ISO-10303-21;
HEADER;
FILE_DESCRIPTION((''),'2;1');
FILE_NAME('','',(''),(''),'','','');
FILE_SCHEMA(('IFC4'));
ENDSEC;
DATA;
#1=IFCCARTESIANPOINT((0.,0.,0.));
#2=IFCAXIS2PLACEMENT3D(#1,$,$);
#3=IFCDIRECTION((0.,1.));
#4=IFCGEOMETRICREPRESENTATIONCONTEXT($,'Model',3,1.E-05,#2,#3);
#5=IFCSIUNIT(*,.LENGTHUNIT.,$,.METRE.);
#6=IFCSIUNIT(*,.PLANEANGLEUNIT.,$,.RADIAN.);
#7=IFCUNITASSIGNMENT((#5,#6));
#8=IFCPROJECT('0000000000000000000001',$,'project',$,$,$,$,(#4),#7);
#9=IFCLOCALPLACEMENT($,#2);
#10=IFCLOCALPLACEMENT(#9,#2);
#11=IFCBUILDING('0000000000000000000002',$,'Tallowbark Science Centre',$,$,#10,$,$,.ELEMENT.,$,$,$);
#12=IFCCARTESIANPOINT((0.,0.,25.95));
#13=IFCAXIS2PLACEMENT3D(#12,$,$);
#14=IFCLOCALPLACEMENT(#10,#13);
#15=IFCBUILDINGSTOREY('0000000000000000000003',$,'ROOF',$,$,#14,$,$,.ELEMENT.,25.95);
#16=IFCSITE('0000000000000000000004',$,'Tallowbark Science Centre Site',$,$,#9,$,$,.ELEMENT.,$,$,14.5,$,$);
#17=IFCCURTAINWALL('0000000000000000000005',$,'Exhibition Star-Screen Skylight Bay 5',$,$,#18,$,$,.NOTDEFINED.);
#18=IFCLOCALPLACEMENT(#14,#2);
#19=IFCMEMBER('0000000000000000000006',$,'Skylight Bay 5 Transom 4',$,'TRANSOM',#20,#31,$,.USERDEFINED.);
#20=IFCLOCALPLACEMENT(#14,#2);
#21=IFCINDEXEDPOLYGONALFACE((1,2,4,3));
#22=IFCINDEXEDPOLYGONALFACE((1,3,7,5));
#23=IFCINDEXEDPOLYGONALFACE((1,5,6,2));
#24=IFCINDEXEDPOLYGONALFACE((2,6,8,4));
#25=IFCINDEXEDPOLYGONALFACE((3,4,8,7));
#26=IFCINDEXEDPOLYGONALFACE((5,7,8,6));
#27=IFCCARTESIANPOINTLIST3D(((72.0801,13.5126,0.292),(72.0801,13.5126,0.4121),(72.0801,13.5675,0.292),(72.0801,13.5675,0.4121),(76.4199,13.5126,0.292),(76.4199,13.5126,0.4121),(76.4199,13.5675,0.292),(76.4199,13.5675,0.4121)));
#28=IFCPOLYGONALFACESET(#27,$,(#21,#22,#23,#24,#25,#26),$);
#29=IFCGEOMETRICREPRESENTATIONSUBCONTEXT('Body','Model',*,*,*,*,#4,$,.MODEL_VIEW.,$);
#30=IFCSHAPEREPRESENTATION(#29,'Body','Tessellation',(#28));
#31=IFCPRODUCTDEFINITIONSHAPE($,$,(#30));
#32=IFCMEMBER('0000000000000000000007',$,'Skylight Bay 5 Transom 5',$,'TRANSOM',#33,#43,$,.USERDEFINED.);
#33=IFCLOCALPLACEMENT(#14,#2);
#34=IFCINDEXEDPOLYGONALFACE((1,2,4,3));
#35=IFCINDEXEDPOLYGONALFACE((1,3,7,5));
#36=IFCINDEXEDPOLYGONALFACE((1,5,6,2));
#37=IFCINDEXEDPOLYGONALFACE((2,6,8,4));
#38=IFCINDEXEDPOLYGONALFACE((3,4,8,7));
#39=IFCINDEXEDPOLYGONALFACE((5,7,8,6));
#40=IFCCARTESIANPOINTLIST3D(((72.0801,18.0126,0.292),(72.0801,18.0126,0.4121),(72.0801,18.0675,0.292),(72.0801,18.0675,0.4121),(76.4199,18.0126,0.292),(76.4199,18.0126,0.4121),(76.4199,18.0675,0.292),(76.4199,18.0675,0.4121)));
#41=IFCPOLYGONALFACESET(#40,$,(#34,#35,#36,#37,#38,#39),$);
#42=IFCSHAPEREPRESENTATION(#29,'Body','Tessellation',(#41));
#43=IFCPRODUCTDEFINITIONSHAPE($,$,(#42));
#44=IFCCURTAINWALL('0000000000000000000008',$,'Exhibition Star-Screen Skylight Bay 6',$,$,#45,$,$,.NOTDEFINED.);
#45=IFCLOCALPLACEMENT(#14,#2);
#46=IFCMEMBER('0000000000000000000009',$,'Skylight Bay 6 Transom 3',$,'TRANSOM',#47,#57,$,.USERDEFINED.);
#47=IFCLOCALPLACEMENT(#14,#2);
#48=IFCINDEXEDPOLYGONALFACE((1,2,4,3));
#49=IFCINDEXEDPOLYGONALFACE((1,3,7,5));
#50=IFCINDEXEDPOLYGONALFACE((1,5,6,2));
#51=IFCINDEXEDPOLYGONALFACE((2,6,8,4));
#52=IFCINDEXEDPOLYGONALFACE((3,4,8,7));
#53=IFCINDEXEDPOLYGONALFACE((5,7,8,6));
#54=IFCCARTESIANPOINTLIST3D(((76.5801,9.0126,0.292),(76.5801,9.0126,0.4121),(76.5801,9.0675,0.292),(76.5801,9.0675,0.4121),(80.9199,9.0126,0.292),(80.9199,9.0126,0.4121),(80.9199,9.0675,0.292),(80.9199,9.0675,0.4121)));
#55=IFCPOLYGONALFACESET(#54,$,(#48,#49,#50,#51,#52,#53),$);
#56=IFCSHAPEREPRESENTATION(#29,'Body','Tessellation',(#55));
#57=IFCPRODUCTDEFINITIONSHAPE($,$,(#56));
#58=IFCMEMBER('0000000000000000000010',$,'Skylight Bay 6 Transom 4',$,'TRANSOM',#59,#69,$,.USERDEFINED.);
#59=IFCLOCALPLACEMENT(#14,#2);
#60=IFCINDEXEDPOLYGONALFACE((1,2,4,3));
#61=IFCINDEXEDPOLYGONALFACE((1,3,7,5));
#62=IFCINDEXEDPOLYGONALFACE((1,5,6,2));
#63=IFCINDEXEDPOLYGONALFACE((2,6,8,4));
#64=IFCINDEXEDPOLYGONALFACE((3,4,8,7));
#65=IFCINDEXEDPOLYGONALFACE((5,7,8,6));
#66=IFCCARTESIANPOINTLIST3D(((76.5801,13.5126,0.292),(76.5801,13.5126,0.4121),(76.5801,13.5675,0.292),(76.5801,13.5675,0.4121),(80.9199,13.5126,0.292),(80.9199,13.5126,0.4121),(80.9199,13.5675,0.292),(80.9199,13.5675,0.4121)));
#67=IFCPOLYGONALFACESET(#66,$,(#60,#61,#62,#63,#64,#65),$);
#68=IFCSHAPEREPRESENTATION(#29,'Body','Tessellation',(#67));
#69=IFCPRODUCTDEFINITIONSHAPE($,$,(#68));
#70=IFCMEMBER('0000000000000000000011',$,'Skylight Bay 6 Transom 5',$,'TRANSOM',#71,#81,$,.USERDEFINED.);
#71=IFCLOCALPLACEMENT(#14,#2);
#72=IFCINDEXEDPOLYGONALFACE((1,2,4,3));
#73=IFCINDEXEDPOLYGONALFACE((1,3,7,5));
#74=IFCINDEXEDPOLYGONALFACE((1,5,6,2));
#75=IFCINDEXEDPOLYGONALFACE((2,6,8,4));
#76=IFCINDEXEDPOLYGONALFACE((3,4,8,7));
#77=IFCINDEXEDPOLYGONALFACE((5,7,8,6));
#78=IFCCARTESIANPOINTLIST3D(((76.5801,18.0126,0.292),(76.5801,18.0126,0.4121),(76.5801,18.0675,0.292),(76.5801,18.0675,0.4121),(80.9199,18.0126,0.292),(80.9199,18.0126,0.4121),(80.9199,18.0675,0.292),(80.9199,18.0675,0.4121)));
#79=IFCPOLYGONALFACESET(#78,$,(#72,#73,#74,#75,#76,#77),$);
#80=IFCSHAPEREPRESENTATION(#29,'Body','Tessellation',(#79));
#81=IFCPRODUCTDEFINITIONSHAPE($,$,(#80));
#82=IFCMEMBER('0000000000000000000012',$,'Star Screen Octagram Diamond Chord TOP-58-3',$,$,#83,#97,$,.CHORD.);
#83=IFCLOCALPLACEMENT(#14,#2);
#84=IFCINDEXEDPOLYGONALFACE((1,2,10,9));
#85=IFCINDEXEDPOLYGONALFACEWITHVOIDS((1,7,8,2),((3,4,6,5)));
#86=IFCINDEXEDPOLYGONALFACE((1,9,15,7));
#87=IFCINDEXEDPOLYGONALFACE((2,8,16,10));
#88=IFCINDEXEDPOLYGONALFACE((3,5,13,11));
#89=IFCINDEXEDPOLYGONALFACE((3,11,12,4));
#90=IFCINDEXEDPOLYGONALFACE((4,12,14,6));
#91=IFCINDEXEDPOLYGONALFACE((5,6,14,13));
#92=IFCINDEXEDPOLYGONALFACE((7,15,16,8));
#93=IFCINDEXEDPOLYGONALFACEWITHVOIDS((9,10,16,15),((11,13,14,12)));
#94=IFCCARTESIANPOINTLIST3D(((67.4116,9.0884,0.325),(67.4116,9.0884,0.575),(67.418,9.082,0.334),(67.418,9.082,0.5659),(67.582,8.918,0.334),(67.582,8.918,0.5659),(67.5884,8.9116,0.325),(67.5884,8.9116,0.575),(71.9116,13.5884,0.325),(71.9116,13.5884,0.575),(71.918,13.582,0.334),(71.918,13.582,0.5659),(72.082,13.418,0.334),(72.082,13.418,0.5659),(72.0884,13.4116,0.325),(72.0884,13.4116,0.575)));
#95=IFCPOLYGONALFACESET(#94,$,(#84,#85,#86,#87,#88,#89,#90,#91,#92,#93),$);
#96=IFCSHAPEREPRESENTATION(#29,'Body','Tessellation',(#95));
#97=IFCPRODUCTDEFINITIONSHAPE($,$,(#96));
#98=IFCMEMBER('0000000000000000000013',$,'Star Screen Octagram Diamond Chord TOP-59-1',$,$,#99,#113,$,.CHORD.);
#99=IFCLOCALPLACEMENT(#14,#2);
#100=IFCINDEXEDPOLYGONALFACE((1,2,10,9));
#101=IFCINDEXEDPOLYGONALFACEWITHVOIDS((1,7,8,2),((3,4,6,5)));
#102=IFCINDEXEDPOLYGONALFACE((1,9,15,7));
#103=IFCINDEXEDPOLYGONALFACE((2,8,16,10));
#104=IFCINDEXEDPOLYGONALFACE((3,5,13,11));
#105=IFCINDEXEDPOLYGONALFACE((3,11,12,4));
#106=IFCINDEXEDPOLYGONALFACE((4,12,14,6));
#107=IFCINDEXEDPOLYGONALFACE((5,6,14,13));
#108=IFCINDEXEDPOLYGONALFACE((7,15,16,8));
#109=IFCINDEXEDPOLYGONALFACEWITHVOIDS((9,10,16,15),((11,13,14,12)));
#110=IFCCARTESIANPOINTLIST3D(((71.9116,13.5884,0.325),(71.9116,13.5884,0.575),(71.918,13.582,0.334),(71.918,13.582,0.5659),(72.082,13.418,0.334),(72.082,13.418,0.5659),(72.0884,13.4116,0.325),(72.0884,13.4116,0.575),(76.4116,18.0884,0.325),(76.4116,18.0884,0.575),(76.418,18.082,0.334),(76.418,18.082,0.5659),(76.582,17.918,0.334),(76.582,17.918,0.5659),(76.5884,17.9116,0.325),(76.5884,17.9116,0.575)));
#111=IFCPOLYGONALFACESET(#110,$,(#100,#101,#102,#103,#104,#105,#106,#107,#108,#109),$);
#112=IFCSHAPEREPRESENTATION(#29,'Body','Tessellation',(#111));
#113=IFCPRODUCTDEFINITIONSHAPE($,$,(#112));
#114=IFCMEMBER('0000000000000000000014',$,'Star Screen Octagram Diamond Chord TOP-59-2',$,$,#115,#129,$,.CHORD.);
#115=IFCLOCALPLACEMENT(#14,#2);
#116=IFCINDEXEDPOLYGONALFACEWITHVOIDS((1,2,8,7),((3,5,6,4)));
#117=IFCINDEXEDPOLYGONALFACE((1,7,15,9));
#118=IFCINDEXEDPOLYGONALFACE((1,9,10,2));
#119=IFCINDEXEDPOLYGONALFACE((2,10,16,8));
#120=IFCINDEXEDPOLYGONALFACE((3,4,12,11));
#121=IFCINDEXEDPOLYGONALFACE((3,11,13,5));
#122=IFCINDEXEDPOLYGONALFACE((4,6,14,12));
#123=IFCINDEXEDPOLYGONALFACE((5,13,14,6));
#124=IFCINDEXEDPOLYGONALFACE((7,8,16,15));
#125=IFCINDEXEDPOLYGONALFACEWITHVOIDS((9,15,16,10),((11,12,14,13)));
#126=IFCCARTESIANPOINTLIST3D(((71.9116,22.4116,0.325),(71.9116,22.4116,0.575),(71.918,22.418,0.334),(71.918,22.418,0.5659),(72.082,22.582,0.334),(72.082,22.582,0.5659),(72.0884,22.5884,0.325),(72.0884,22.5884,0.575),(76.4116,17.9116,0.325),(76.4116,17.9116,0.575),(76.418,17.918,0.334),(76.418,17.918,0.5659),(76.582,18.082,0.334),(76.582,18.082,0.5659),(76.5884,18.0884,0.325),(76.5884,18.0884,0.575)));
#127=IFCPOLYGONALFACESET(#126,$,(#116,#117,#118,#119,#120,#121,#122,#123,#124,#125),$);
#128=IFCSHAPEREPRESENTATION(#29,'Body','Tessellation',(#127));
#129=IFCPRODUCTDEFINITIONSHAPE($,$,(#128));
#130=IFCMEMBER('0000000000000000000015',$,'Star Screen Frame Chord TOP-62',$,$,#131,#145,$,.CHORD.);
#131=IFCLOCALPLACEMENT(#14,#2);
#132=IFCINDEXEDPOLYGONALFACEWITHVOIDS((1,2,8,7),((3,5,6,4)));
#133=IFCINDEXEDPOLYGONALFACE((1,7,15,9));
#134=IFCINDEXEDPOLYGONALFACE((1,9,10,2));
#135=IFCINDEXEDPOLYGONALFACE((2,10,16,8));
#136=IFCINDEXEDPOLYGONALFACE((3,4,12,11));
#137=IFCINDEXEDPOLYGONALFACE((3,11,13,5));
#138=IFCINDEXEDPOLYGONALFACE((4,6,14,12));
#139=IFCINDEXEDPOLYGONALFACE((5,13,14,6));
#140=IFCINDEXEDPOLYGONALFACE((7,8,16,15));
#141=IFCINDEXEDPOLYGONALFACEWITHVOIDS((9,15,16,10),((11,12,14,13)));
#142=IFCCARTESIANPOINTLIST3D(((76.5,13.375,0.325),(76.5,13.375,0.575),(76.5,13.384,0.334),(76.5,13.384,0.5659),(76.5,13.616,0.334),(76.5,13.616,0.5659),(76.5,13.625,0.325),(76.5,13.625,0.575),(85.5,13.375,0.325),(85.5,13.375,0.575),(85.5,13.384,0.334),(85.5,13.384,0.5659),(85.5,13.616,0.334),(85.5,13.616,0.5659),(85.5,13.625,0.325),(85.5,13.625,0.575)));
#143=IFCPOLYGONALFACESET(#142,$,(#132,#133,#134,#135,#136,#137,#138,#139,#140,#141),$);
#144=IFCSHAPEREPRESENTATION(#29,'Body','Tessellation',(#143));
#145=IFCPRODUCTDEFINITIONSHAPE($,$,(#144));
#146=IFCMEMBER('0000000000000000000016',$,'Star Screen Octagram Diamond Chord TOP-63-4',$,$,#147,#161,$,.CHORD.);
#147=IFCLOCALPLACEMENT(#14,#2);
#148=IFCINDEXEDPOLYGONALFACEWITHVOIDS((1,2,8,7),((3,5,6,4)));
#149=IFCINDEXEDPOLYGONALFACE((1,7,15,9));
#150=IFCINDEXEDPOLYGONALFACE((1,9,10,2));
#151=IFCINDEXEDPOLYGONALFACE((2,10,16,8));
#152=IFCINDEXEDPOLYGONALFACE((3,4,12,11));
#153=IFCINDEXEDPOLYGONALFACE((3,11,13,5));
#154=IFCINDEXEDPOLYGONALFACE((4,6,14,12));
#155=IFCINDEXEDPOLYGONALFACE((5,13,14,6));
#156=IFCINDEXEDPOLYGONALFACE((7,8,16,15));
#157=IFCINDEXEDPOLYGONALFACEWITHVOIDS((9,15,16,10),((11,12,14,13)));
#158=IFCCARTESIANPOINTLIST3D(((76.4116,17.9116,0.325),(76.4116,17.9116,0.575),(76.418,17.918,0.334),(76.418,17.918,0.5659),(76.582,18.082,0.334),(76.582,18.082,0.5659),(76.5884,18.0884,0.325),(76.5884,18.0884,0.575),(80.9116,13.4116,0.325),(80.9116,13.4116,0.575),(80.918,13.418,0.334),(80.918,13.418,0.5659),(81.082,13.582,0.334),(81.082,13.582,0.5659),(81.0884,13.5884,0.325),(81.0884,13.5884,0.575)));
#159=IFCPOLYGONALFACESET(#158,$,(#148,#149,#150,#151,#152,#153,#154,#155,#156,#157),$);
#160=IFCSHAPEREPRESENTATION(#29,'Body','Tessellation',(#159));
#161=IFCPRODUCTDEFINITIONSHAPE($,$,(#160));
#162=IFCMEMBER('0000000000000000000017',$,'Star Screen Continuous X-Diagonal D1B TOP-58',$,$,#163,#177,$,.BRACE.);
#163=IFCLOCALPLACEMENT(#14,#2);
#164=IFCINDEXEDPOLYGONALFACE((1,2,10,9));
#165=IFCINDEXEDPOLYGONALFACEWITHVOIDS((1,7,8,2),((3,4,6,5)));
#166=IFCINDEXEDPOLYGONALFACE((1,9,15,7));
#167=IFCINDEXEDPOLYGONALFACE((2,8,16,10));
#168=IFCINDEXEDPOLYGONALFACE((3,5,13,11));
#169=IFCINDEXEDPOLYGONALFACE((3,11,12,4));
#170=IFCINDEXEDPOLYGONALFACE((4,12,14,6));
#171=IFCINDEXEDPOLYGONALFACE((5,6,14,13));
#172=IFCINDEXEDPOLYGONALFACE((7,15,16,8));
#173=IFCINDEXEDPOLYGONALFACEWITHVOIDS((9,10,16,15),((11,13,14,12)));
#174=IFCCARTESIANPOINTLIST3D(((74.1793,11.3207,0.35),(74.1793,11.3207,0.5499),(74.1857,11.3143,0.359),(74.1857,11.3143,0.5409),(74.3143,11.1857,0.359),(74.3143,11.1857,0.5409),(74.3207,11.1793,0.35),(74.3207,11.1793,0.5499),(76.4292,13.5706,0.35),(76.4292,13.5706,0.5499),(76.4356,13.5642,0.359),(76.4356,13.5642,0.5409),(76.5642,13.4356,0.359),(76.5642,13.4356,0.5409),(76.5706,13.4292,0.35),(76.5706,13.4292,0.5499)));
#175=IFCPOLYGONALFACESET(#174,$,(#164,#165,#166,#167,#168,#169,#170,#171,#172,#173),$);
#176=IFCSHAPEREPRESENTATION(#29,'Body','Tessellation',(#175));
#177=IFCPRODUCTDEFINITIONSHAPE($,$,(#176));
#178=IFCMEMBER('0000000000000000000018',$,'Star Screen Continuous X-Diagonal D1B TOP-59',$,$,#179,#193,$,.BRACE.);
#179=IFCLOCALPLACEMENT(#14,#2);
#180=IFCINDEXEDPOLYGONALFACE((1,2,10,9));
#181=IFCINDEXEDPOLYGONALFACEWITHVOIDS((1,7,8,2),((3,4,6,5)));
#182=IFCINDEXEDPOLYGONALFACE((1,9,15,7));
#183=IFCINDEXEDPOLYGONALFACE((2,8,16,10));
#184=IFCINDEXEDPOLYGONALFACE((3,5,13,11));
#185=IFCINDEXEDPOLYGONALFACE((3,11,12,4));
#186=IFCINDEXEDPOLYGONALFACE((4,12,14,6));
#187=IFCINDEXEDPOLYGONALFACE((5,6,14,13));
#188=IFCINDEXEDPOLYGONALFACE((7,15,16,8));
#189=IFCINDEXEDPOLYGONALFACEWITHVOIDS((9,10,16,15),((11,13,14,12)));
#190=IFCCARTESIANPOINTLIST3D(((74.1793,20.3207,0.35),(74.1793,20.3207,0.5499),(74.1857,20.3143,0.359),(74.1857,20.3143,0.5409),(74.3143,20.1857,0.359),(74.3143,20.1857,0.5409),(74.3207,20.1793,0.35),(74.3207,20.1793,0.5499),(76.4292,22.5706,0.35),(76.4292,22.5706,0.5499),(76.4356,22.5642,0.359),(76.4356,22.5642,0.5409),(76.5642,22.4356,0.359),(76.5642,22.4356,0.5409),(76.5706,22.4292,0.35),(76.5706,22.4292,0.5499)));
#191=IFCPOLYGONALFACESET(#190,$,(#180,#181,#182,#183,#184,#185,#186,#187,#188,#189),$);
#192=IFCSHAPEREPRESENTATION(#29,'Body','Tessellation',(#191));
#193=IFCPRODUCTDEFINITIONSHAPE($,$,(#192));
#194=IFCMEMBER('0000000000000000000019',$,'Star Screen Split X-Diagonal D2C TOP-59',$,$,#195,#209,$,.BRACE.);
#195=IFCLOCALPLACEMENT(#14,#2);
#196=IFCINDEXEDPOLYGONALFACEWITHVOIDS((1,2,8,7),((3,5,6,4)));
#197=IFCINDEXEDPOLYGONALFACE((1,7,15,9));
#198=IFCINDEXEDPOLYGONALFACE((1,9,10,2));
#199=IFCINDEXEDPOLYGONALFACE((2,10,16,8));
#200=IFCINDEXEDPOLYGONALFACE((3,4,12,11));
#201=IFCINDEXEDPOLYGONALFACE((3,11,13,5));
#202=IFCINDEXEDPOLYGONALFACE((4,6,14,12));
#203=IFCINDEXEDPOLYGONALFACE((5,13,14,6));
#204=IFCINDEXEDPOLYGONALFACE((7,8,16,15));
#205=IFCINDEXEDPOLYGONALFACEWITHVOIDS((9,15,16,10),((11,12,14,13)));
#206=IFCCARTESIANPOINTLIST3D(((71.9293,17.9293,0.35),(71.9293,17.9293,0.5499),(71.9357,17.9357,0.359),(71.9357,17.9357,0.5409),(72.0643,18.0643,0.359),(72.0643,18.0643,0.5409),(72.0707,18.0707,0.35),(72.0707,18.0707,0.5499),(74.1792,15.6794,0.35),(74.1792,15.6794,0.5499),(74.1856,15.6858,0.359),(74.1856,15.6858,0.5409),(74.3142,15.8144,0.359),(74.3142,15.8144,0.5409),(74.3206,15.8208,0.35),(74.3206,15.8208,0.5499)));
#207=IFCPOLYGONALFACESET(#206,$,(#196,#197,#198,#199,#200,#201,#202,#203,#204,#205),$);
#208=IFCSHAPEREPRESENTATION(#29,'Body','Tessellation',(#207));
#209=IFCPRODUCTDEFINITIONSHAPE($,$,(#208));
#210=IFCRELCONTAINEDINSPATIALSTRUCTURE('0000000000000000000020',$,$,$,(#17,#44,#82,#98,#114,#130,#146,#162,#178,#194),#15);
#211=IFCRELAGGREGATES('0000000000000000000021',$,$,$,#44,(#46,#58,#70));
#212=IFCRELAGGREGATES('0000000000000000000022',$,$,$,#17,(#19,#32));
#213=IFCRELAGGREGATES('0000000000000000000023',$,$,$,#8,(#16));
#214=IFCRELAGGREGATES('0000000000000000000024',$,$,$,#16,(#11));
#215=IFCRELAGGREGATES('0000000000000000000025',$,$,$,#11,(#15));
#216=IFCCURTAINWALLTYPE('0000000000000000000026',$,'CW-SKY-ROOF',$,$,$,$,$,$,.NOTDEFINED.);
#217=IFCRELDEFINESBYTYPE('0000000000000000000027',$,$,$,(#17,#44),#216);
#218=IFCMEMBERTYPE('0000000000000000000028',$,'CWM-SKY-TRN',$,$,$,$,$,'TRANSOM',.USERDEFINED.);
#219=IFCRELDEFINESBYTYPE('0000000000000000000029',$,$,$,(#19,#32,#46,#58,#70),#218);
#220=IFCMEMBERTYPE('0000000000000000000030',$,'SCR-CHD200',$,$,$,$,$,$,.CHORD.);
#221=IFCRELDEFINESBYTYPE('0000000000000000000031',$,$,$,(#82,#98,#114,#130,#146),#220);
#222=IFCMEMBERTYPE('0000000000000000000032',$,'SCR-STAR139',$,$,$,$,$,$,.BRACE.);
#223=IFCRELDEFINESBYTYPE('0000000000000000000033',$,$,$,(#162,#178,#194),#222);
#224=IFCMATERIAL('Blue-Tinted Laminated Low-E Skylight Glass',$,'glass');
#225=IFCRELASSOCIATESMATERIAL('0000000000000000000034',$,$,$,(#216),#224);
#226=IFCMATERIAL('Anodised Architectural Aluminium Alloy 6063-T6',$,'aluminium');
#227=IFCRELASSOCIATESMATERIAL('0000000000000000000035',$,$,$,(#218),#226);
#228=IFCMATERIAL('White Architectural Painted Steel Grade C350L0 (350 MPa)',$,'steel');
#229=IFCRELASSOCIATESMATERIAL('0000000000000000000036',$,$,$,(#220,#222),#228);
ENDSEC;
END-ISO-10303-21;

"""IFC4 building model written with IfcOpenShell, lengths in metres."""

from ifc_helpers import new_model, si_unit, direction, frame, origin, origin_2d, place, context, subcontext, project, spatial, rectangle, hollow_rectangle, extrude, material, material_profile, profile_set, type_object, element, aggregate, save


model = new_model("IFC4")

# Units and contexts
model_context = context("Model", 3, precision=1e-05, world=origin(), true_north=direction((0.0, 1.0)))
body_context = subcontext(model_context, "Body", "Model", "MODEL_VIEW")
ifc_project = project(units=[si_unit("LENGTHUNIT", "METRE"), si_unit("PLANEANGLEUNIT", "RADIAN")], contexts=[model_context])

# Site, building, storey
site_placement = place(None, origin())
site = spatial("IfcSite", under=ifc_project, at=site_placement, Name="Tallowbark Science Centre Site", CompositionType="ELEMENT", RefElevation=14.5)
building_placement = place(site_placement, origin())
building = spatial("IfcBuilding", under=site, at=building_placement, Name="Tallowbark Science Centre", CompositionType="ELEMENT")
storey_placement = place(building_placement, frame((0.0, 0.0, 25.95)))
storey = spatial("IfcBuildingStorey", under=building, at=storey_placement, Name="ROOF", CompositionType="ELEMENT", Elevation=25.95)

# Curtain walls, members
ifc_material_1 = material(Name="Blue-Tinted Laminated Low-E Skylight Glass", Category="glass")
curtain_wall_type = type_object("IfcCurtainWallType", Name="CW-SKY-ROOF", PredefinedType="NOTDEFINED", material=ifc_material_1)
curtain_wall_1_placement = place(storey_placement, origin())
curtain_wall_1 = element("IfcCurtainWall", 1, at=curtain_wall_1_placement, inside=storey, type_object=curtain_wall_type, Name="Exhibition Star-Screen Skylight Bay 5", PredefinedType="NOTDEFINED")
ifc_material_2 = material(Name="Anodised Architectural Aluminium Alloy 6063-T6", Category="aluminium")
ifc_material_profile_1 = material_profile(ifc_material_2, rectangle(XDim=0.0549, YDim=0.1201, at=origin_2d()), Name="ALU55x120")
ifc_profile_set_1 = profile_set([ifc_material_profile_1], Name="Anodised Architectural Aluminium Alloy 6063-T6")
member_type_1 = type_object("IfcMemberType", Name="CWM-SKY-TRN", ElementType="TRANSOM", PredefinedType="USERDEFINED", material=ifc_profile_set_1)
member_1_placement = place(storey_placement, frame((72.0801, 13.54, 0.3521), z_axis=(1.0, 0.0, 0.0), x_axis=(0.0, 1.0, 0.0)))
member_1 = element("IfcMember", 2, at=member_1_placement, type_object=member_type_1, Name="Skylight Bay 5 Transom 4", ObjectType="TRANSOM", PredefinedType="USERDEFINED", context=body_context, shape_type="SweptSolid", body=[
    extrude(rectangle(XDim=0.0549, YDim=0.1201, at=origin_2d()), origin(), (0.0, 0.0, 1.0), 4.3398),
])
member_2_placement = place(storey_placement, frame((72.0801, 18.04, 0.3521), z_axis=(1.0, 0.0, 0.0), x_axis=(0.0, 1.0, 0.0)))
member_2 = element("IfcMember", 3, at=member_2_placement, type_object=member_type_1, Name="Skylight Bay 5 Transom 5", ObjectType="TRANSOM", PredefinedType="USERDEFINED", context=body_context, shape_type="SweptSolid", body=[
    extrude(rectangle(XDim=0.0549, YDim=0.1201, at=origin_2d()), origin(), (0.0, 0.0, 1.0), 4.3398),
])
curtain_wall_2_placement = place(storey_placement, origin())
curtain_wall_2 = element("IfcCurtainWall", 4, at=curtain_wall_2_placement, inside=storey, type_object=curtain_wall_type, Name="Exhibition Star-Screen Skylight Bay 6", PredefinedType="NOTDEFINED")
member_3_placement = place(storey_placement, frame((76.5801, 9.04, 0.3521), z_axis=(1.0, 0.0, 0.0), x_axis=(0.0, 1.0, 0.0)))
member_3 = element("IfcMember", 5, at=member_3_placement, type_object=member_type_1, Name="Skylight Bay 6 Transom 3", ObjectType="TRANSOM", PredefinedType="USERDEFINED", context=body_context, shape_type="SweptSolid", body=[
    extrude(rectangle(XDim=0.0549, YDim=0.1201, at=origin_2d()), origin(), (0.0, 0.0, 1.0), 4.3398),
])
member_4_placement = place(storey_placement, frame((76.5801, 13.54, 0.3521), z_axis=(1.0, 0.0, 0.0), x_axis=(0.0, 1.0, 0.0)))
member_4 = element("IfcMember", 6, at=member_4_placement, type_object=member_type_1, Name="Skylight Bay 6 Transom 4", ObjectType="TRANSOM", PredefinedType="USERDEFINED", context=body_context, shape_type="SweptSolid", body=[
    extrude(rectangle(XDim=0.0549, YDim=0.1201, at=origin_2d()), origin(), (0.0, 0.0, 1.0), 4.3398),
])
member_5_placement = place(storey_placement, frame((76.5801, 18.04, 0.3521), z_axis=(1.0, 0.0, 0.0), x_axis=(0.0, 1.0, 0.0)))
member_5 = element("IfcMember", 7, at=member_5_placement, type_object=member_type_1, Name="Skylight Bay 6 Transom 5", ObjectType="TRANSOM", PredefinedType="USERDEFINED", context=body_context, shape_type="SweptSolid", body=[
    extrude(rectangle(XDim=0.0549, YDim=0.1201, at=origin_2d()), origin(), (0.0, 0.0, 1.0), 4.3398),
])
aggregate(curtain_wall_2, [member_3, member_4, member_5])

# Members
ifc_material_3 = material(Name="White Architectural Painted Steel Grade C350L0 (350 MPa)", Category="steel")
ifc_material_profile_2 = material_profile(ifc_material_3, hollow_rectangle(XDim=0.25, YDim=0.25, WallThickness=0.009, at=origin_2d()), Name="250x250x9.0SHS")
ifc_profile_set_2 = profile_set([ifc_material_profile_2], Name="White Architectural Painted Steel Grade C350L0 (350 MPa)")
member_type_2 = type_object("IfcMemberType", Name="SCR-CHD200", PredefinedType="CHORD", material=ifc_profile_set_2)
for number, where, z_axis, x_axis, name in (
    (8, (72.0, 13.5, 0.45), (-0.707107, -0.707107, 0.0), (0.707107, -0.707107, 0.0), "Star Screen Octagram Diamond Chord TOP-58-3"),
    (9, (72.0, 13.5, 0.45), (0.707107, 0.707107, 0.0), (-0.707107, 0.707107, 0.0), "Star Screen Octagram Diamond Chord TOP-59-1"),
    (10, (76.5, 18.0, 0.45), (-0.707107, 0.707107, 0.0), (-0.707107, -0.707107, 0.0), "Star Screen Octagram Diamond Chord TOP-59-2"),
):
    element("IfcMember", number, at=place(storey_placement, frame(where, z_axis=z_axis, x_axis=x_axis)), inside=storey, type_object=member_type_2, Name=name, PredefinedType="CHORD", context=body_context, shape_type="SweptSolid", body=[
        extrude(hollow_rectangle(XDim=0.25, YDim=0.25, WallThickness=0.009, at=origin_2d()), origin(), (0.0, 0.0, 1.0), 6.364),
    ])
member_6_placement = place(storey_placement, frame((76.5, 13.5, 0.45), z_axis=(1.0, 0.0, 0.0), x_axis=(0.0, 1.0, 0.0)))
element("IfcMember", 11, at=member_6_placement, inside=storey, type_object=member_type_2, Name="Star Screen Frame Chord TOP-62", PredefinedType="CHORD", context=body_context, shape_type="SweptSolid", body=[
    extrude(hollow_rectangle(XDim=0.25, YDim=0.25, WallThickness=0.009, at=origin_2d()), origin(), (0.0, 0.0, 1.0), 9.0),
])
member_7_placement = place(storey_placement, frame((76.5, 18.0, 0.45), z_axis=(0.707107, -0.707107, 0.0), x_axis=(0.707107, 0.707107, 0.0)))
element("IfcMember", 12, at=member_7_placement, inside=storey, type_object=member_type_2, Name="Star Screen Octagram Diamond Chord TOP-63-4", PredefinedType="CHORD", context=body_context, shape_type="SweptSolid", body=[
    extrude(hollow_rectangle(XDim=0.25, YDim=0.25, WallThickness=0.009, at=origin_2d()), origin(), (0.0, 0.0, 1.0), 6.364),
])
ifc_material_profile_3 = material_profile(ifc_material_3, hollow_rectangle(XDim=0.2, YDim=0.2, WallThickness=0.009, at=origin_2d()), Name="200x200x9.0SHS")
ifc_profile_set_3 = profile_set([ifc_material_profile_3], Name="White Architectural Painted Steel Grade C350L0 (350 MPa)")
member_type_3 = type_object("IfcMemberType", Name="SCR-STAR139", PredefinedType="BRACE", material=ifc_profile_set_3)
for number, where, z_axis, x_axis, name in (
    (13, (74.25, 11.25, 0.45), (0.707107, 0.707107, 0.0), (-0.707107, 0.707107, 0.0), "Star Screen Continuous X-Diagonal D1B TOP-58"),
    (14, (74.25, 20.25, 0.45), (0.707107, 0.707107, 0.0), (-0.707107, 0.707107, 0.0), "Star Screen Continuous X-Diagonal D1B TOP-59"),
    (15, (72.0, 18.0, 0.45), (0.707107, -0.707107, 0.0), (0.707107, 0.707107, 0.0), "Star Screen Split X-Diagonal D2C TOP-59"),
):
    element("IfcMember", number, at=place(storey_placement, frame(where, z_axis=z_axis, x_axis=x_axis)), inside=storey, type_object=member_type_3, Name=name, PredefinedType="BRACE", context=body_context, shape_type="SweptSolid", body=[
        extrude(hollow_rectangle(XDim=0.2, YDim=0.2, WallThickness=0.009, at=origin_2d()), origin(), (0.0, 0.0, 1.0), 3.1819),
    ])

aggregate(curtain_wall_1, [member_1, member_2])

save(model, "model.ifc")
